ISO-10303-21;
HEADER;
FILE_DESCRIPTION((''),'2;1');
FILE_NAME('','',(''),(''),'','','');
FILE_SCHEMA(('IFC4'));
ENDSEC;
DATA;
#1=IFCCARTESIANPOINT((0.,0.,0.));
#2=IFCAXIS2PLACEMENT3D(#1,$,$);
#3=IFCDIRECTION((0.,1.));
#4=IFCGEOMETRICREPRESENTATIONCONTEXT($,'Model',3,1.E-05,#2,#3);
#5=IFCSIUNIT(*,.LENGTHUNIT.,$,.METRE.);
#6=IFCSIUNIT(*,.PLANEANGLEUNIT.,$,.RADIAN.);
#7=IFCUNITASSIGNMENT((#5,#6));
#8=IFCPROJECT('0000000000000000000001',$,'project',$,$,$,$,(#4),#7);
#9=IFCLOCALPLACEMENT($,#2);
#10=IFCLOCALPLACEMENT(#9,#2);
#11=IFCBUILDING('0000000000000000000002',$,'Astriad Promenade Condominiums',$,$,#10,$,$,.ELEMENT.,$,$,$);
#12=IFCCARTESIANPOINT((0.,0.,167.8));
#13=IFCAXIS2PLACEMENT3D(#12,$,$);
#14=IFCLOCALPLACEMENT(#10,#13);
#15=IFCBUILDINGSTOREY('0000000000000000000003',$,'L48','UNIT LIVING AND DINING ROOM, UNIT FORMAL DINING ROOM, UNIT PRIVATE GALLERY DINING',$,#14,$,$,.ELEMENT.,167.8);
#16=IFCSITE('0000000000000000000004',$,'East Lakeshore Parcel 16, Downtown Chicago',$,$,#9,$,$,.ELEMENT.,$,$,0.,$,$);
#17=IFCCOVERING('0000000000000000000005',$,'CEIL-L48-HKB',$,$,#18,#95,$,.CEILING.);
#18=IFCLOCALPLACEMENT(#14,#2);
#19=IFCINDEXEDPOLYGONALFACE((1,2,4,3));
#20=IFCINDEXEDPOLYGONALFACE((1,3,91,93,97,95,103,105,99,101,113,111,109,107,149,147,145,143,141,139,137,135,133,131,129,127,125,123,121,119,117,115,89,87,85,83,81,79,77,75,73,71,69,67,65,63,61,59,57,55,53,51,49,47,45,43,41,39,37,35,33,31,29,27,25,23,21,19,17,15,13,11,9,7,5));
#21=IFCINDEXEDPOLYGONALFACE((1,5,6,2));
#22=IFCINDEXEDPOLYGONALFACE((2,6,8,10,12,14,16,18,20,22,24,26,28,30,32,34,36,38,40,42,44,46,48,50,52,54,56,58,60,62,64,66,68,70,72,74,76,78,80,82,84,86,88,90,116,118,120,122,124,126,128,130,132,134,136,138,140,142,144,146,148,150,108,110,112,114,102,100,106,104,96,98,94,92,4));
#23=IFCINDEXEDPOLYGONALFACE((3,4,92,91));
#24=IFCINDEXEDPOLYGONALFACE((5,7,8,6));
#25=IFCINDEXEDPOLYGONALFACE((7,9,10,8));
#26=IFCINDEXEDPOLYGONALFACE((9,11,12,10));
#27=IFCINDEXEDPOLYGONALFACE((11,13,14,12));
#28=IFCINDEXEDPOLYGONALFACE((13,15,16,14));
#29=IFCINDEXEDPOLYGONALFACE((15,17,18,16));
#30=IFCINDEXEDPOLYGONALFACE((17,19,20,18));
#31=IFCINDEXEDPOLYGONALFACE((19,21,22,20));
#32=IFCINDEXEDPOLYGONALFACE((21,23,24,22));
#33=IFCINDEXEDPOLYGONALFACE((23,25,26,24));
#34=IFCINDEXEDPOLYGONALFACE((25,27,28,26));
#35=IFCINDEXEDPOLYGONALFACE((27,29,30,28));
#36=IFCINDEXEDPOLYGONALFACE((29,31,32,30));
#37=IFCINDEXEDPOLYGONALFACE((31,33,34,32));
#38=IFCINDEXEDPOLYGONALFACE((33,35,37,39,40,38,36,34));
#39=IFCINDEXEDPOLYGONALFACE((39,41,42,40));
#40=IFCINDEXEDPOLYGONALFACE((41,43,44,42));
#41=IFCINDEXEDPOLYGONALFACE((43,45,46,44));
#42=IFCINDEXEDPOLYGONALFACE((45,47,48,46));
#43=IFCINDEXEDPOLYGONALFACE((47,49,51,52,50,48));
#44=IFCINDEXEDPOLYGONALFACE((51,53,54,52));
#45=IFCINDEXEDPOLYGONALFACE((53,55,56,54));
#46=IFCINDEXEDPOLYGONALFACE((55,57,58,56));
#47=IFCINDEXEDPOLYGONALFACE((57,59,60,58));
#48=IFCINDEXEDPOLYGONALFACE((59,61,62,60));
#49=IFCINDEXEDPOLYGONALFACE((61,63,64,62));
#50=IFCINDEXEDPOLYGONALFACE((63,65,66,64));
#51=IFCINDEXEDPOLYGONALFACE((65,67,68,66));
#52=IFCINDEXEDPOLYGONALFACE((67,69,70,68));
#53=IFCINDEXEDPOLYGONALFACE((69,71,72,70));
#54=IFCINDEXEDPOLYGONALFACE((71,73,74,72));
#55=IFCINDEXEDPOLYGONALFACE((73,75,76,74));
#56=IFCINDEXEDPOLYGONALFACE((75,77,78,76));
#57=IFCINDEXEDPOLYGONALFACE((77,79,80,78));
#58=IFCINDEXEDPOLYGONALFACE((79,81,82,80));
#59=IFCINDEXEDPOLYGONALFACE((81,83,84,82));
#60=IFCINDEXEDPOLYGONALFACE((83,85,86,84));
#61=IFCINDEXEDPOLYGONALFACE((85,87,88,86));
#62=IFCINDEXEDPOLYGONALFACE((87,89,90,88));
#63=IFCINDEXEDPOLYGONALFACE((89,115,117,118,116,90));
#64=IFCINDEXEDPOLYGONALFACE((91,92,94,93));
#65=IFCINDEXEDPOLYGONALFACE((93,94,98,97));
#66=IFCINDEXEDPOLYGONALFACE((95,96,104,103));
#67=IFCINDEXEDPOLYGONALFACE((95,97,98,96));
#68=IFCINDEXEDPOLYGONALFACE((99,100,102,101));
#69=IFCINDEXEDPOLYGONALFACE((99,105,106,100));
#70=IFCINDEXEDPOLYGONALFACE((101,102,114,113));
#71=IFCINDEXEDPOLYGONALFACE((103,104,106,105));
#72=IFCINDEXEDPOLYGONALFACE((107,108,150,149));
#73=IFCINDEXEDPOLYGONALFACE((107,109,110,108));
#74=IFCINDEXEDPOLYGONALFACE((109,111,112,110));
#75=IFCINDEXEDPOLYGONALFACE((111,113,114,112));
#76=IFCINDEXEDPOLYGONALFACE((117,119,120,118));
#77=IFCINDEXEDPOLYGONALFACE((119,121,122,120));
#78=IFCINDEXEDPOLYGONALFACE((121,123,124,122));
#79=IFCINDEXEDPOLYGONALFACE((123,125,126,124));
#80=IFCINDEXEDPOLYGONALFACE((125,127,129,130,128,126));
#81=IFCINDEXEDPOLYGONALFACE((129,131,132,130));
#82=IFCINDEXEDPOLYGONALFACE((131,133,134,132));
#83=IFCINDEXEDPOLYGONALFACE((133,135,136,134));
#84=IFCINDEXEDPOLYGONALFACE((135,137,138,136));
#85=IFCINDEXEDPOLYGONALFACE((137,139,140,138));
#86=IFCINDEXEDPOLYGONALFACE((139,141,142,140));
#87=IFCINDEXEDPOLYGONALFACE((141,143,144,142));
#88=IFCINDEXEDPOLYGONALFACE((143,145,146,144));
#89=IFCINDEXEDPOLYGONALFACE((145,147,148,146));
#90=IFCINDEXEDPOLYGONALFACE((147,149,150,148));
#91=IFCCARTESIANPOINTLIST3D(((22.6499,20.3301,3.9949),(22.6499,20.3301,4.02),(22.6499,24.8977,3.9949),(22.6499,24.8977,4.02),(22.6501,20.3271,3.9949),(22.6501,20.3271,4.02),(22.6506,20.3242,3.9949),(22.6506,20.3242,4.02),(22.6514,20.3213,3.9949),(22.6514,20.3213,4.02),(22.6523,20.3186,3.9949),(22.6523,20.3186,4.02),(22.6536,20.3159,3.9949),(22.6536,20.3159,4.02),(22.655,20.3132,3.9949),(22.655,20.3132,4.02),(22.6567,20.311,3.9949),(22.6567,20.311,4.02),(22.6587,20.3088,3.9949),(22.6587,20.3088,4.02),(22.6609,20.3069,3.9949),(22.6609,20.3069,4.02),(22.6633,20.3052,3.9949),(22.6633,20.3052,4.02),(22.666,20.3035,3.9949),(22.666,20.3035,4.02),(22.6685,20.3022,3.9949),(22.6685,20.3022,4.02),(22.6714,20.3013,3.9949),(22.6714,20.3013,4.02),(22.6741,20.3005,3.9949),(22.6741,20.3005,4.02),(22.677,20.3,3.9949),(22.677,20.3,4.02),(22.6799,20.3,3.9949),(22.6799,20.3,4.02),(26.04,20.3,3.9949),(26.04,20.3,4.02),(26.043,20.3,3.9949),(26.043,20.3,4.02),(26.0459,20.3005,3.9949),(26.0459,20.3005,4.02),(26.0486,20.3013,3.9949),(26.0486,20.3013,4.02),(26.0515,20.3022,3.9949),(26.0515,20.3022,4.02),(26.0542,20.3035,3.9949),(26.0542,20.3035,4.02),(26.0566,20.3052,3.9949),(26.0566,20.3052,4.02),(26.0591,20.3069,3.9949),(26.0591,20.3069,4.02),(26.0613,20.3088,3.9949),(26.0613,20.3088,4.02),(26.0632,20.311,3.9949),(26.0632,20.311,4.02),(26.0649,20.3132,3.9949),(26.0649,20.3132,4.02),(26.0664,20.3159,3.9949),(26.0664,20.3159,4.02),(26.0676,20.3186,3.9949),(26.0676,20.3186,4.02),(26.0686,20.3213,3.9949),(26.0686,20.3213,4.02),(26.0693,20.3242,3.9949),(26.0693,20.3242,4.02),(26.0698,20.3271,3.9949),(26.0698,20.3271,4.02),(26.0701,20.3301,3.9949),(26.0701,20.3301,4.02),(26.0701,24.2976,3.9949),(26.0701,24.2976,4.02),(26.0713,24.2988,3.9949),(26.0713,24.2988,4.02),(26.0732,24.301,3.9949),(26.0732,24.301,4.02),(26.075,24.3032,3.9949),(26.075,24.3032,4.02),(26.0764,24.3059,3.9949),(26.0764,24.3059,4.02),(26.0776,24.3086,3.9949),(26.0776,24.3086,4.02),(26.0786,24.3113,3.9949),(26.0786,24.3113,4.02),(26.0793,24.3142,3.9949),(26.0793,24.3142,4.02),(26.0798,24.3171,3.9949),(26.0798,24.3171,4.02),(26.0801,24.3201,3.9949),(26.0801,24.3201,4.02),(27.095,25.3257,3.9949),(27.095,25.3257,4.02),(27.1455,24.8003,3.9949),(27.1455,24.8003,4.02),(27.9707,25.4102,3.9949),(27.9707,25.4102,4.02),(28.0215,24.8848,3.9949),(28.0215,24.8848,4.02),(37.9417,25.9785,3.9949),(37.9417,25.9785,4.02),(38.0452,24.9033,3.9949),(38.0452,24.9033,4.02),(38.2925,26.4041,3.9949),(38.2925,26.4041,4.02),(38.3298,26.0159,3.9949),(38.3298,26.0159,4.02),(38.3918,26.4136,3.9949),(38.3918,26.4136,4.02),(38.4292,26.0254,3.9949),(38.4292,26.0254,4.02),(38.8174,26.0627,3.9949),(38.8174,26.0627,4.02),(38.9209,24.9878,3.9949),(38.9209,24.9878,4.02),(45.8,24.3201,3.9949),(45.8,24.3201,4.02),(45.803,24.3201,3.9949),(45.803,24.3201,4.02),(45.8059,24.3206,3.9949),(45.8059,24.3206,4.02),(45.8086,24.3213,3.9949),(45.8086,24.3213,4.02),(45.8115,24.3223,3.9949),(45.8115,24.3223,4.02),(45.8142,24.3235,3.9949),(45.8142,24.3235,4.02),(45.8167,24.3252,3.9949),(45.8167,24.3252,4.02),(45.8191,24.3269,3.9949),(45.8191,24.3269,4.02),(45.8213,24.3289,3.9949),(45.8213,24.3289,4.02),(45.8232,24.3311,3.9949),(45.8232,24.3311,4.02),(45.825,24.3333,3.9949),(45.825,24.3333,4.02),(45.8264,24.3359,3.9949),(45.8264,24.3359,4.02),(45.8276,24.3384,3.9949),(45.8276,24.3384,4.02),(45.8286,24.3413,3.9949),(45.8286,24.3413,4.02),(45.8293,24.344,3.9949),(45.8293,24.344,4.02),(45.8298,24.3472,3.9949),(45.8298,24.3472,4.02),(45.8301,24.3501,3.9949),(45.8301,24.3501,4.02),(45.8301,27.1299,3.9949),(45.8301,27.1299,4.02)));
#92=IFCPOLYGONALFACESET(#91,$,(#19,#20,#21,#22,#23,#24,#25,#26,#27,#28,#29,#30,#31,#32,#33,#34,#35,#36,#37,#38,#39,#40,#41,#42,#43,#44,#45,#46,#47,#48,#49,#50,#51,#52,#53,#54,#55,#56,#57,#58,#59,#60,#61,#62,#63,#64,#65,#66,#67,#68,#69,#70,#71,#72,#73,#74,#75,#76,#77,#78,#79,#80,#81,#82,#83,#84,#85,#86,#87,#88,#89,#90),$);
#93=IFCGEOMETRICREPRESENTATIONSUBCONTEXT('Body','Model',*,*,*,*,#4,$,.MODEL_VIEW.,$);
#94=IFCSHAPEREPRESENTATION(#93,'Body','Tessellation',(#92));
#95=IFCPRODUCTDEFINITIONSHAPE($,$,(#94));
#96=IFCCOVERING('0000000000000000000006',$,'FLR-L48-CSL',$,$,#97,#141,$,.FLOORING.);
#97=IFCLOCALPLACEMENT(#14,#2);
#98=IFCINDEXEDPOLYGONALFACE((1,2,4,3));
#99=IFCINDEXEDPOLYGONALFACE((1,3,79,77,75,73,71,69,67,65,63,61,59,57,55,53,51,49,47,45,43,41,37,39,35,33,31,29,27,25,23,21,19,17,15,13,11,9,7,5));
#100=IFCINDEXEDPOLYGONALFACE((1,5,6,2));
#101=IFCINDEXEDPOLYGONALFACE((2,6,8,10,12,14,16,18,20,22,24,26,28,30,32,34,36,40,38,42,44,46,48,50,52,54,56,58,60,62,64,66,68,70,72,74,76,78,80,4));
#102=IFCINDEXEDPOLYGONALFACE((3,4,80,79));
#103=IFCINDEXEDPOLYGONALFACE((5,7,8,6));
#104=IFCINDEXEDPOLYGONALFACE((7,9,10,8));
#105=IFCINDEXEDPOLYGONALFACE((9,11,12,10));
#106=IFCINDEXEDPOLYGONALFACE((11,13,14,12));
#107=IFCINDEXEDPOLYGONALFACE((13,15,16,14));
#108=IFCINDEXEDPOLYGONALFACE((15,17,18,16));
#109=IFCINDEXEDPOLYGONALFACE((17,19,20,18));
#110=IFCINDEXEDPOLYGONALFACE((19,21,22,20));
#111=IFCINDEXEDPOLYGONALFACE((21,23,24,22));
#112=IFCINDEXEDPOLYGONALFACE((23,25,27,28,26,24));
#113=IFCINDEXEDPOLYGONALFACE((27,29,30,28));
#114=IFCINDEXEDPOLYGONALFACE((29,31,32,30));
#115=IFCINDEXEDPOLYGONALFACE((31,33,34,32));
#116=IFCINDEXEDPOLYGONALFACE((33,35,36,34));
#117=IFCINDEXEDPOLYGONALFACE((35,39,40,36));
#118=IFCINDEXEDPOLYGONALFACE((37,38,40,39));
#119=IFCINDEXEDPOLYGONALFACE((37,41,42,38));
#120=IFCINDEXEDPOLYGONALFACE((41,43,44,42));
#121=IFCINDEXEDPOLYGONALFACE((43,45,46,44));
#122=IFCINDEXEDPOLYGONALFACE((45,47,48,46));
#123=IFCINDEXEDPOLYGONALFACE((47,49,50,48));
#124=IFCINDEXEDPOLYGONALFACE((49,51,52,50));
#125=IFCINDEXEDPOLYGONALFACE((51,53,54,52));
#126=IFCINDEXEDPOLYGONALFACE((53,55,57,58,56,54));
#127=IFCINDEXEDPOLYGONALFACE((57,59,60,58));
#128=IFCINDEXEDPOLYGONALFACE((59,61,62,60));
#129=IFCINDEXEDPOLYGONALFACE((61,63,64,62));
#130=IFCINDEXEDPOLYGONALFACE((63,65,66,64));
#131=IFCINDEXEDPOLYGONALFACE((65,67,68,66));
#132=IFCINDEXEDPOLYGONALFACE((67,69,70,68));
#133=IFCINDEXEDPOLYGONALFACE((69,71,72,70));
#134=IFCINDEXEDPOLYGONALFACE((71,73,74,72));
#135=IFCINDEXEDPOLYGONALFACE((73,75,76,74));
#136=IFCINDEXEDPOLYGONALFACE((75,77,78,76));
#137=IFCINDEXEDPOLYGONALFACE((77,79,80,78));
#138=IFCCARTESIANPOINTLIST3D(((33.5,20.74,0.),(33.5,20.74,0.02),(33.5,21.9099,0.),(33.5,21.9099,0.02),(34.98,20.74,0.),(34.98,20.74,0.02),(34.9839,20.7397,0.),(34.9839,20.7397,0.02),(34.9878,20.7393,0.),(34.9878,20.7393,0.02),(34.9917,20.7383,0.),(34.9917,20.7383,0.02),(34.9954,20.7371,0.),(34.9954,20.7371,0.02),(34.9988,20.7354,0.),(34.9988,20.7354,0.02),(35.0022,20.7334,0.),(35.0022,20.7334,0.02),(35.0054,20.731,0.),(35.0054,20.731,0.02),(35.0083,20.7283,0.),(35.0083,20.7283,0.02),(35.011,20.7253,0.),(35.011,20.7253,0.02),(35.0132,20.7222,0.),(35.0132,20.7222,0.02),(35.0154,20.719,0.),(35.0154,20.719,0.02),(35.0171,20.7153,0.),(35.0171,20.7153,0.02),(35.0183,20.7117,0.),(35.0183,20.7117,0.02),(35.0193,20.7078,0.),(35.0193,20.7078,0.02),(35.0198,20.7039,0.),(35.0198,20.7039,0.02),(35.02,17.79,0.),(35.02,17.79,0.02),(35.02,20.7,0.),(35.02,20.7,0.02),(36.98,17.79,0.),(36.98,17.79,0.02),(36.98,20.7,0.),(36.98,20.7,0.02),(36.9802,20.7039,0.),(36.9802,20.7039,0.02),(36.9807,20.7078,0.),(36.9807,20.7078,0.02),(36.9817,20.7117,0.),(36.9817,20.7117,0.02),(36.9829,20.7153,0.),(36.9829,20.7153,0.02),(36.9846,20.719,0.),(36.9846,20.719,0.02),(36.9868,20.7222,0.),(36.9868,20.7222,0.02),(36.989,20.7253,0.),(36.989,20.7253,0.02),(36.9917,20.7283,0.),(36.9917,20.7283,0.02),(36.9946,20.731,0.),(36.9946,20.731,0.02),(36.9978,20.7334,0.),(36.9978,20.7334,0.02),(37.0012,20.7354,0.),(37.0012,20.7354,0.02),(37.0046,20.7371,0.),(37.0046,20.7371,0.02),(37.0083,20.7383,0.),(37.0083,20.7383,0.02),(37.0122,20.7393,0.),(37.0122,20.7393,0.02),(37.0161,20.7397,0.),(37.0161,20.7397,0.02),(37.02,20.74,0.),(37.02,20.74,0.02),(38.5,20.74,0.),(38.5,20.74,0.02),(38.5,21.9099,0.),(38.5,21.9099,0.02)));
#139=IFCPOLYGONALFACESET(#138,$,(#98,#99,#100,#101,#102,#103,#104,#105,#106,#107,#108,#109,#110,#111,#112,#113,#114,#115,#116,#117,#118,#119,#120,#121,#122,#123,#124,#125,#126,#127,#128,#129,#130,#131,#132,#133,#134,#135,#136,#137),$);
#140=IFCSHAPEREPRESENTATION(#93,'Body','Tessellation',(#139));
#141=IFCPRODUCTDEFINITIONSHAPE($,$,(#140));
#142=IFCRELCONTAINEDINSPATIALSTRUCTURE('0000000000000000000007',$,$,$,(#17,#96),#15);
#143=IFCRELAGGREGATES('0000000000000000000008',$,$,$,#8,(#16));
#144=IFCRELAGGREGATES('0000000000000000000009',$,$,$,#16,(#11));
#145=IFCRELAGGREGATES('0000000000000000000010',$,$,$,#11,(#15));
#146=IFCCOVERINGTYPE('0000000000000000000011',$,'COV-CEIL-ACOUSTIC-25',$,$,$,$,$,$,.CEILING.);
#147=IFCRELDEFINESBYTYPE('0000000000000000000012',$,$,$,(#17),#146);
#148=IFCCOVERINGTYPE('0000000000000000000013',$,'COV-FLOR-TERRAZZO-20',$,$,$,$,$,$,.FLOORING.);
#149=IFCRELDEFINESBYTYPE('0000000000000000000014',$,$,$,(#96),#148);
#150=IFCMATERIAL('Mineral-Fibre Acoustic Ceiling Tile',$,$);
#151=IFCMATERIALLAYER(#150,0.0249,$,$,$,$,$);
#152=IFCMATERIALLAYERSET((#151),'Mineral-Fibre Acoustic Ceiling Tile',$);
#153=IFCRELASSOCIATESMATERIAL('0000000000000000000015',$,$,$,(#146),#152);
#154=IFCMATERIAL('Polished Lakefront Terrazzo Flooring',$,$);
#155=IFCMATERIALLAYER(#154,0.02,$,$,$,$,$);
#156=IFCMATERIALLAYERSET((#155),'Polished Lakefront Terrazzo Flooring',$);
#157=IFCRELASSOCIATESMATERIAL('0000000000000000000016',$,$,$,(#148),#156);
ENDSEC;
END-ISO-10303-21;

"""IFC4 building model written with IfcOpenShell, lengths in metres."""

from ifc_helpers import new_model, si_unit, direction, frame, origin, place, context, subcontext, project, spatial, polyline, outline, extrude, material, layer, layer_set, type_object, element, save


model = new_model("IFC4")

# Units and contexts
model_context = context("Model", 3, precision=1e-05, world=origin(), true_north=direction((0.0, 1.0)))
body_context = subcontext(model_context, "Body", "Model", "MODEL_VIEW")
ifc_project = project(units=[si_unit("LENGTHUNIT", "METRE"), si_unit("PLANEANGLEUNIT", "RADIAN")], contexts=[model_context])

# Site, building, storey
site_placement = place(None, origin())
site = spatial("IfcSite", under=ifc_project, at=site_placement, Name="East Lakeshore Parcel 16, Downtown Chicago", CompositionType="ELEMENT", RefElevation=0.0)
building_placement = place(site_placement, origin())
building = spatial("IfcBuilding", under=site, at=building_placement, Name="Astriad Promenade Condominiums", CompositionType="ELEMENT")
storey_placement = place(building_placement, frame((0.0, 0.0, 167.8)))
storey = spatial("IfcBuildingStorey", under=building, at=storey_placement, Name="L48", Description="UNIT LIVING AND DINING ROOM, UNIT FORMAL DINING ROOM, UNIT PRIVATE GALLERY DINING", CompositionType="ELEMENT", Elevation=167.8)

# Coverings
ifc_material_1 = material(Name="Mineral-Fibre Acoustic Ceiling Tile")
ifc_layer_1 = layer(ifc_material_1, 0.0249)
ifc_layer_set_1 = layer_set([ifc_layer_1], Name="Mineral-Fibre Acoustic Ceiling Tile")
covering_type_1 = type_object("IfcCoveringType", Name="COV-CEIL-ACOUSTIC-25", PredefinedType="CEILING", material=ifc_layer_set_1)
covering_1_placement = place(storey_placement, frame((0.0, 0.0, 3.9949)))
element("IfcCovering", 1, at=covering_1_placement, inside=storey, type_object=covering_type_1, Name="CEIL-L48-HKB", PredefinedType="CEILING", context=body_context, shape_type="SweptSolid", body=[
    extrude(outline(polyline([(38.3298, 26.0159), (37.9417, 25.9785), (38.0452, 24.9033), (38.9209, 24.9878), (38.8174, 26.0627), (38.4292, 26.0254), (38.3918, 26.4136), (45.8301, 27.1299), (45.8301, 24.3501), (45.8298, 24.3472), (45.8293, 24.344), (45.8286, 24.3413), (45.8276, 24.3384), (45.8264, 24.3359), (45.825, 24.3333), (45.8232, 24.3311), (45.8213, 24.3289), (45.8191, 24.3269), (45.8167, 24.3252), (45.8142, 24.3235), (45.8115, 24.3223), (45.8086, 24.3213), (45.8059, 24.3206), (45.803, 24.3201), (45.8, 24.3201), (26.0801, 24.3201), (26.0798, 24.3171), (26.0793, 24.3142), (26.0786, 24.3113), (26.0776, 24.3086), (26.0764, 24.3059), (26.075, 24.3032), (26.0732, 24.301), (26.0713, 24.2988), (26.0701, 24.2976), (26.0701, 20.3301), (26.0698, 20.3271), (26.0693, 20.3242), (26.0686, 20.3213), (26.0676, 20.3186), (26.0664, 20.3159), (26.0649, 20.3132), (26.0632, 20.311), (26.0613, 20.3088), (26.0591, 20.3069), (26.0566, 20.3052), (26.0542, 20.3035), (26.0515, 20.3022), (26.0486, 20.3013), (26.0459, 20.3005), (26.043, 20.3), (26.04, 20.3), (22.6799, 20.3), (22.677, 20.3), (22.6741, 20.3005), (22.6714, 20.3013), (22.6685, 20.3022), (22.666, 20.3035), (22.6633, 20.3052), (22.6609, 20.3069), (22.6587, 20.3088), (22.6567, 20.311), (22.655, 20.3132), (22.6536, 20.3159), (22.6523, 20.3186), (22.6514, 20.3213), (22.6506, 20.3242), (22.6501, 20.3271), (22.6499, 20.3301), (22.6499, 24.8977), (27.095, 25.3257), (27.1455, 24.8003), (28.0215, 24.8848), (27.9707, 25.4102), (38.2925, 26.4041), (38.3298, 26.0159)])), origin(), (0.0, 0.0, 1.0), 0.0251),
])
ifc_material_2 = material(Name="Polished Lakefront Terrazzo Flooring")
ifc_layer_2 = layer(ifc_material_2, 0.02)
ifc_layer_set_2 = layer_set([ifc_layer_2], Name="Polished Lakefront Terrazzo Flooring")
covering_type_2 = type_object("IfcCoveringType", Name="COV-FLOR-TERRAZZO-20", PredefinedType="FLOORING", material=ifc_layer_set_2)
covering_2_placement = place(storey_placement, origin())
element("IfcCovering", 2, at=covering_2_placement, inside=storey, type_object=covering_type_2, Name="FLR-L48-CSL", PredefinedType="FLOORING", context=body_context, shape_type="SweptSolid", body=[
    extrude(outline(polyline([(36.98, 20.7), (36.98, 17.79), (35.02, 17.79), (35.02, 20.7), (35.0198, 20.7039), (35.0193, 20.7078), (35.0183, 20.7117), (35.0171, 20.7153), (35.0154, 20.719), (35.0132, 20.7222), (35.011, 20.7253), (35.0083, 20.7283), (35.0054, 20.731), (35.0022, 20.7334), (34.9988, 20.7354), (34.9954, 20.7371), (34.9917, 20.7383), (34.9878, 20.7393), (34.9839, 20.7397), (34.98, 20.74), (33.5, 20.74), (33.5, 21.9099), (38.5, 21.9099), (38.5, 20.74), (37.02, 20.74), (37.0161, 20.7397), (37.0122, 20.7393), (37.0083, 20.7383), (37.0046, 20.7371), (37.0012, 20.7354), (36.9978, 20.7334), (36.9946, 20.731), (36.9917, 20.7283), (36.989, 20.7253), (36.9868, 20.7222), (36.9846, 20.719), (36.9829, 20.7153), (36.9817, 20.7117), (36.9807, 20.7078), (36.9802, 20.7039), (36.98, 20.7)])), origin(), (0.0, 0.0, 1.0), 0.02),
])

save(model, "model.ifc")
